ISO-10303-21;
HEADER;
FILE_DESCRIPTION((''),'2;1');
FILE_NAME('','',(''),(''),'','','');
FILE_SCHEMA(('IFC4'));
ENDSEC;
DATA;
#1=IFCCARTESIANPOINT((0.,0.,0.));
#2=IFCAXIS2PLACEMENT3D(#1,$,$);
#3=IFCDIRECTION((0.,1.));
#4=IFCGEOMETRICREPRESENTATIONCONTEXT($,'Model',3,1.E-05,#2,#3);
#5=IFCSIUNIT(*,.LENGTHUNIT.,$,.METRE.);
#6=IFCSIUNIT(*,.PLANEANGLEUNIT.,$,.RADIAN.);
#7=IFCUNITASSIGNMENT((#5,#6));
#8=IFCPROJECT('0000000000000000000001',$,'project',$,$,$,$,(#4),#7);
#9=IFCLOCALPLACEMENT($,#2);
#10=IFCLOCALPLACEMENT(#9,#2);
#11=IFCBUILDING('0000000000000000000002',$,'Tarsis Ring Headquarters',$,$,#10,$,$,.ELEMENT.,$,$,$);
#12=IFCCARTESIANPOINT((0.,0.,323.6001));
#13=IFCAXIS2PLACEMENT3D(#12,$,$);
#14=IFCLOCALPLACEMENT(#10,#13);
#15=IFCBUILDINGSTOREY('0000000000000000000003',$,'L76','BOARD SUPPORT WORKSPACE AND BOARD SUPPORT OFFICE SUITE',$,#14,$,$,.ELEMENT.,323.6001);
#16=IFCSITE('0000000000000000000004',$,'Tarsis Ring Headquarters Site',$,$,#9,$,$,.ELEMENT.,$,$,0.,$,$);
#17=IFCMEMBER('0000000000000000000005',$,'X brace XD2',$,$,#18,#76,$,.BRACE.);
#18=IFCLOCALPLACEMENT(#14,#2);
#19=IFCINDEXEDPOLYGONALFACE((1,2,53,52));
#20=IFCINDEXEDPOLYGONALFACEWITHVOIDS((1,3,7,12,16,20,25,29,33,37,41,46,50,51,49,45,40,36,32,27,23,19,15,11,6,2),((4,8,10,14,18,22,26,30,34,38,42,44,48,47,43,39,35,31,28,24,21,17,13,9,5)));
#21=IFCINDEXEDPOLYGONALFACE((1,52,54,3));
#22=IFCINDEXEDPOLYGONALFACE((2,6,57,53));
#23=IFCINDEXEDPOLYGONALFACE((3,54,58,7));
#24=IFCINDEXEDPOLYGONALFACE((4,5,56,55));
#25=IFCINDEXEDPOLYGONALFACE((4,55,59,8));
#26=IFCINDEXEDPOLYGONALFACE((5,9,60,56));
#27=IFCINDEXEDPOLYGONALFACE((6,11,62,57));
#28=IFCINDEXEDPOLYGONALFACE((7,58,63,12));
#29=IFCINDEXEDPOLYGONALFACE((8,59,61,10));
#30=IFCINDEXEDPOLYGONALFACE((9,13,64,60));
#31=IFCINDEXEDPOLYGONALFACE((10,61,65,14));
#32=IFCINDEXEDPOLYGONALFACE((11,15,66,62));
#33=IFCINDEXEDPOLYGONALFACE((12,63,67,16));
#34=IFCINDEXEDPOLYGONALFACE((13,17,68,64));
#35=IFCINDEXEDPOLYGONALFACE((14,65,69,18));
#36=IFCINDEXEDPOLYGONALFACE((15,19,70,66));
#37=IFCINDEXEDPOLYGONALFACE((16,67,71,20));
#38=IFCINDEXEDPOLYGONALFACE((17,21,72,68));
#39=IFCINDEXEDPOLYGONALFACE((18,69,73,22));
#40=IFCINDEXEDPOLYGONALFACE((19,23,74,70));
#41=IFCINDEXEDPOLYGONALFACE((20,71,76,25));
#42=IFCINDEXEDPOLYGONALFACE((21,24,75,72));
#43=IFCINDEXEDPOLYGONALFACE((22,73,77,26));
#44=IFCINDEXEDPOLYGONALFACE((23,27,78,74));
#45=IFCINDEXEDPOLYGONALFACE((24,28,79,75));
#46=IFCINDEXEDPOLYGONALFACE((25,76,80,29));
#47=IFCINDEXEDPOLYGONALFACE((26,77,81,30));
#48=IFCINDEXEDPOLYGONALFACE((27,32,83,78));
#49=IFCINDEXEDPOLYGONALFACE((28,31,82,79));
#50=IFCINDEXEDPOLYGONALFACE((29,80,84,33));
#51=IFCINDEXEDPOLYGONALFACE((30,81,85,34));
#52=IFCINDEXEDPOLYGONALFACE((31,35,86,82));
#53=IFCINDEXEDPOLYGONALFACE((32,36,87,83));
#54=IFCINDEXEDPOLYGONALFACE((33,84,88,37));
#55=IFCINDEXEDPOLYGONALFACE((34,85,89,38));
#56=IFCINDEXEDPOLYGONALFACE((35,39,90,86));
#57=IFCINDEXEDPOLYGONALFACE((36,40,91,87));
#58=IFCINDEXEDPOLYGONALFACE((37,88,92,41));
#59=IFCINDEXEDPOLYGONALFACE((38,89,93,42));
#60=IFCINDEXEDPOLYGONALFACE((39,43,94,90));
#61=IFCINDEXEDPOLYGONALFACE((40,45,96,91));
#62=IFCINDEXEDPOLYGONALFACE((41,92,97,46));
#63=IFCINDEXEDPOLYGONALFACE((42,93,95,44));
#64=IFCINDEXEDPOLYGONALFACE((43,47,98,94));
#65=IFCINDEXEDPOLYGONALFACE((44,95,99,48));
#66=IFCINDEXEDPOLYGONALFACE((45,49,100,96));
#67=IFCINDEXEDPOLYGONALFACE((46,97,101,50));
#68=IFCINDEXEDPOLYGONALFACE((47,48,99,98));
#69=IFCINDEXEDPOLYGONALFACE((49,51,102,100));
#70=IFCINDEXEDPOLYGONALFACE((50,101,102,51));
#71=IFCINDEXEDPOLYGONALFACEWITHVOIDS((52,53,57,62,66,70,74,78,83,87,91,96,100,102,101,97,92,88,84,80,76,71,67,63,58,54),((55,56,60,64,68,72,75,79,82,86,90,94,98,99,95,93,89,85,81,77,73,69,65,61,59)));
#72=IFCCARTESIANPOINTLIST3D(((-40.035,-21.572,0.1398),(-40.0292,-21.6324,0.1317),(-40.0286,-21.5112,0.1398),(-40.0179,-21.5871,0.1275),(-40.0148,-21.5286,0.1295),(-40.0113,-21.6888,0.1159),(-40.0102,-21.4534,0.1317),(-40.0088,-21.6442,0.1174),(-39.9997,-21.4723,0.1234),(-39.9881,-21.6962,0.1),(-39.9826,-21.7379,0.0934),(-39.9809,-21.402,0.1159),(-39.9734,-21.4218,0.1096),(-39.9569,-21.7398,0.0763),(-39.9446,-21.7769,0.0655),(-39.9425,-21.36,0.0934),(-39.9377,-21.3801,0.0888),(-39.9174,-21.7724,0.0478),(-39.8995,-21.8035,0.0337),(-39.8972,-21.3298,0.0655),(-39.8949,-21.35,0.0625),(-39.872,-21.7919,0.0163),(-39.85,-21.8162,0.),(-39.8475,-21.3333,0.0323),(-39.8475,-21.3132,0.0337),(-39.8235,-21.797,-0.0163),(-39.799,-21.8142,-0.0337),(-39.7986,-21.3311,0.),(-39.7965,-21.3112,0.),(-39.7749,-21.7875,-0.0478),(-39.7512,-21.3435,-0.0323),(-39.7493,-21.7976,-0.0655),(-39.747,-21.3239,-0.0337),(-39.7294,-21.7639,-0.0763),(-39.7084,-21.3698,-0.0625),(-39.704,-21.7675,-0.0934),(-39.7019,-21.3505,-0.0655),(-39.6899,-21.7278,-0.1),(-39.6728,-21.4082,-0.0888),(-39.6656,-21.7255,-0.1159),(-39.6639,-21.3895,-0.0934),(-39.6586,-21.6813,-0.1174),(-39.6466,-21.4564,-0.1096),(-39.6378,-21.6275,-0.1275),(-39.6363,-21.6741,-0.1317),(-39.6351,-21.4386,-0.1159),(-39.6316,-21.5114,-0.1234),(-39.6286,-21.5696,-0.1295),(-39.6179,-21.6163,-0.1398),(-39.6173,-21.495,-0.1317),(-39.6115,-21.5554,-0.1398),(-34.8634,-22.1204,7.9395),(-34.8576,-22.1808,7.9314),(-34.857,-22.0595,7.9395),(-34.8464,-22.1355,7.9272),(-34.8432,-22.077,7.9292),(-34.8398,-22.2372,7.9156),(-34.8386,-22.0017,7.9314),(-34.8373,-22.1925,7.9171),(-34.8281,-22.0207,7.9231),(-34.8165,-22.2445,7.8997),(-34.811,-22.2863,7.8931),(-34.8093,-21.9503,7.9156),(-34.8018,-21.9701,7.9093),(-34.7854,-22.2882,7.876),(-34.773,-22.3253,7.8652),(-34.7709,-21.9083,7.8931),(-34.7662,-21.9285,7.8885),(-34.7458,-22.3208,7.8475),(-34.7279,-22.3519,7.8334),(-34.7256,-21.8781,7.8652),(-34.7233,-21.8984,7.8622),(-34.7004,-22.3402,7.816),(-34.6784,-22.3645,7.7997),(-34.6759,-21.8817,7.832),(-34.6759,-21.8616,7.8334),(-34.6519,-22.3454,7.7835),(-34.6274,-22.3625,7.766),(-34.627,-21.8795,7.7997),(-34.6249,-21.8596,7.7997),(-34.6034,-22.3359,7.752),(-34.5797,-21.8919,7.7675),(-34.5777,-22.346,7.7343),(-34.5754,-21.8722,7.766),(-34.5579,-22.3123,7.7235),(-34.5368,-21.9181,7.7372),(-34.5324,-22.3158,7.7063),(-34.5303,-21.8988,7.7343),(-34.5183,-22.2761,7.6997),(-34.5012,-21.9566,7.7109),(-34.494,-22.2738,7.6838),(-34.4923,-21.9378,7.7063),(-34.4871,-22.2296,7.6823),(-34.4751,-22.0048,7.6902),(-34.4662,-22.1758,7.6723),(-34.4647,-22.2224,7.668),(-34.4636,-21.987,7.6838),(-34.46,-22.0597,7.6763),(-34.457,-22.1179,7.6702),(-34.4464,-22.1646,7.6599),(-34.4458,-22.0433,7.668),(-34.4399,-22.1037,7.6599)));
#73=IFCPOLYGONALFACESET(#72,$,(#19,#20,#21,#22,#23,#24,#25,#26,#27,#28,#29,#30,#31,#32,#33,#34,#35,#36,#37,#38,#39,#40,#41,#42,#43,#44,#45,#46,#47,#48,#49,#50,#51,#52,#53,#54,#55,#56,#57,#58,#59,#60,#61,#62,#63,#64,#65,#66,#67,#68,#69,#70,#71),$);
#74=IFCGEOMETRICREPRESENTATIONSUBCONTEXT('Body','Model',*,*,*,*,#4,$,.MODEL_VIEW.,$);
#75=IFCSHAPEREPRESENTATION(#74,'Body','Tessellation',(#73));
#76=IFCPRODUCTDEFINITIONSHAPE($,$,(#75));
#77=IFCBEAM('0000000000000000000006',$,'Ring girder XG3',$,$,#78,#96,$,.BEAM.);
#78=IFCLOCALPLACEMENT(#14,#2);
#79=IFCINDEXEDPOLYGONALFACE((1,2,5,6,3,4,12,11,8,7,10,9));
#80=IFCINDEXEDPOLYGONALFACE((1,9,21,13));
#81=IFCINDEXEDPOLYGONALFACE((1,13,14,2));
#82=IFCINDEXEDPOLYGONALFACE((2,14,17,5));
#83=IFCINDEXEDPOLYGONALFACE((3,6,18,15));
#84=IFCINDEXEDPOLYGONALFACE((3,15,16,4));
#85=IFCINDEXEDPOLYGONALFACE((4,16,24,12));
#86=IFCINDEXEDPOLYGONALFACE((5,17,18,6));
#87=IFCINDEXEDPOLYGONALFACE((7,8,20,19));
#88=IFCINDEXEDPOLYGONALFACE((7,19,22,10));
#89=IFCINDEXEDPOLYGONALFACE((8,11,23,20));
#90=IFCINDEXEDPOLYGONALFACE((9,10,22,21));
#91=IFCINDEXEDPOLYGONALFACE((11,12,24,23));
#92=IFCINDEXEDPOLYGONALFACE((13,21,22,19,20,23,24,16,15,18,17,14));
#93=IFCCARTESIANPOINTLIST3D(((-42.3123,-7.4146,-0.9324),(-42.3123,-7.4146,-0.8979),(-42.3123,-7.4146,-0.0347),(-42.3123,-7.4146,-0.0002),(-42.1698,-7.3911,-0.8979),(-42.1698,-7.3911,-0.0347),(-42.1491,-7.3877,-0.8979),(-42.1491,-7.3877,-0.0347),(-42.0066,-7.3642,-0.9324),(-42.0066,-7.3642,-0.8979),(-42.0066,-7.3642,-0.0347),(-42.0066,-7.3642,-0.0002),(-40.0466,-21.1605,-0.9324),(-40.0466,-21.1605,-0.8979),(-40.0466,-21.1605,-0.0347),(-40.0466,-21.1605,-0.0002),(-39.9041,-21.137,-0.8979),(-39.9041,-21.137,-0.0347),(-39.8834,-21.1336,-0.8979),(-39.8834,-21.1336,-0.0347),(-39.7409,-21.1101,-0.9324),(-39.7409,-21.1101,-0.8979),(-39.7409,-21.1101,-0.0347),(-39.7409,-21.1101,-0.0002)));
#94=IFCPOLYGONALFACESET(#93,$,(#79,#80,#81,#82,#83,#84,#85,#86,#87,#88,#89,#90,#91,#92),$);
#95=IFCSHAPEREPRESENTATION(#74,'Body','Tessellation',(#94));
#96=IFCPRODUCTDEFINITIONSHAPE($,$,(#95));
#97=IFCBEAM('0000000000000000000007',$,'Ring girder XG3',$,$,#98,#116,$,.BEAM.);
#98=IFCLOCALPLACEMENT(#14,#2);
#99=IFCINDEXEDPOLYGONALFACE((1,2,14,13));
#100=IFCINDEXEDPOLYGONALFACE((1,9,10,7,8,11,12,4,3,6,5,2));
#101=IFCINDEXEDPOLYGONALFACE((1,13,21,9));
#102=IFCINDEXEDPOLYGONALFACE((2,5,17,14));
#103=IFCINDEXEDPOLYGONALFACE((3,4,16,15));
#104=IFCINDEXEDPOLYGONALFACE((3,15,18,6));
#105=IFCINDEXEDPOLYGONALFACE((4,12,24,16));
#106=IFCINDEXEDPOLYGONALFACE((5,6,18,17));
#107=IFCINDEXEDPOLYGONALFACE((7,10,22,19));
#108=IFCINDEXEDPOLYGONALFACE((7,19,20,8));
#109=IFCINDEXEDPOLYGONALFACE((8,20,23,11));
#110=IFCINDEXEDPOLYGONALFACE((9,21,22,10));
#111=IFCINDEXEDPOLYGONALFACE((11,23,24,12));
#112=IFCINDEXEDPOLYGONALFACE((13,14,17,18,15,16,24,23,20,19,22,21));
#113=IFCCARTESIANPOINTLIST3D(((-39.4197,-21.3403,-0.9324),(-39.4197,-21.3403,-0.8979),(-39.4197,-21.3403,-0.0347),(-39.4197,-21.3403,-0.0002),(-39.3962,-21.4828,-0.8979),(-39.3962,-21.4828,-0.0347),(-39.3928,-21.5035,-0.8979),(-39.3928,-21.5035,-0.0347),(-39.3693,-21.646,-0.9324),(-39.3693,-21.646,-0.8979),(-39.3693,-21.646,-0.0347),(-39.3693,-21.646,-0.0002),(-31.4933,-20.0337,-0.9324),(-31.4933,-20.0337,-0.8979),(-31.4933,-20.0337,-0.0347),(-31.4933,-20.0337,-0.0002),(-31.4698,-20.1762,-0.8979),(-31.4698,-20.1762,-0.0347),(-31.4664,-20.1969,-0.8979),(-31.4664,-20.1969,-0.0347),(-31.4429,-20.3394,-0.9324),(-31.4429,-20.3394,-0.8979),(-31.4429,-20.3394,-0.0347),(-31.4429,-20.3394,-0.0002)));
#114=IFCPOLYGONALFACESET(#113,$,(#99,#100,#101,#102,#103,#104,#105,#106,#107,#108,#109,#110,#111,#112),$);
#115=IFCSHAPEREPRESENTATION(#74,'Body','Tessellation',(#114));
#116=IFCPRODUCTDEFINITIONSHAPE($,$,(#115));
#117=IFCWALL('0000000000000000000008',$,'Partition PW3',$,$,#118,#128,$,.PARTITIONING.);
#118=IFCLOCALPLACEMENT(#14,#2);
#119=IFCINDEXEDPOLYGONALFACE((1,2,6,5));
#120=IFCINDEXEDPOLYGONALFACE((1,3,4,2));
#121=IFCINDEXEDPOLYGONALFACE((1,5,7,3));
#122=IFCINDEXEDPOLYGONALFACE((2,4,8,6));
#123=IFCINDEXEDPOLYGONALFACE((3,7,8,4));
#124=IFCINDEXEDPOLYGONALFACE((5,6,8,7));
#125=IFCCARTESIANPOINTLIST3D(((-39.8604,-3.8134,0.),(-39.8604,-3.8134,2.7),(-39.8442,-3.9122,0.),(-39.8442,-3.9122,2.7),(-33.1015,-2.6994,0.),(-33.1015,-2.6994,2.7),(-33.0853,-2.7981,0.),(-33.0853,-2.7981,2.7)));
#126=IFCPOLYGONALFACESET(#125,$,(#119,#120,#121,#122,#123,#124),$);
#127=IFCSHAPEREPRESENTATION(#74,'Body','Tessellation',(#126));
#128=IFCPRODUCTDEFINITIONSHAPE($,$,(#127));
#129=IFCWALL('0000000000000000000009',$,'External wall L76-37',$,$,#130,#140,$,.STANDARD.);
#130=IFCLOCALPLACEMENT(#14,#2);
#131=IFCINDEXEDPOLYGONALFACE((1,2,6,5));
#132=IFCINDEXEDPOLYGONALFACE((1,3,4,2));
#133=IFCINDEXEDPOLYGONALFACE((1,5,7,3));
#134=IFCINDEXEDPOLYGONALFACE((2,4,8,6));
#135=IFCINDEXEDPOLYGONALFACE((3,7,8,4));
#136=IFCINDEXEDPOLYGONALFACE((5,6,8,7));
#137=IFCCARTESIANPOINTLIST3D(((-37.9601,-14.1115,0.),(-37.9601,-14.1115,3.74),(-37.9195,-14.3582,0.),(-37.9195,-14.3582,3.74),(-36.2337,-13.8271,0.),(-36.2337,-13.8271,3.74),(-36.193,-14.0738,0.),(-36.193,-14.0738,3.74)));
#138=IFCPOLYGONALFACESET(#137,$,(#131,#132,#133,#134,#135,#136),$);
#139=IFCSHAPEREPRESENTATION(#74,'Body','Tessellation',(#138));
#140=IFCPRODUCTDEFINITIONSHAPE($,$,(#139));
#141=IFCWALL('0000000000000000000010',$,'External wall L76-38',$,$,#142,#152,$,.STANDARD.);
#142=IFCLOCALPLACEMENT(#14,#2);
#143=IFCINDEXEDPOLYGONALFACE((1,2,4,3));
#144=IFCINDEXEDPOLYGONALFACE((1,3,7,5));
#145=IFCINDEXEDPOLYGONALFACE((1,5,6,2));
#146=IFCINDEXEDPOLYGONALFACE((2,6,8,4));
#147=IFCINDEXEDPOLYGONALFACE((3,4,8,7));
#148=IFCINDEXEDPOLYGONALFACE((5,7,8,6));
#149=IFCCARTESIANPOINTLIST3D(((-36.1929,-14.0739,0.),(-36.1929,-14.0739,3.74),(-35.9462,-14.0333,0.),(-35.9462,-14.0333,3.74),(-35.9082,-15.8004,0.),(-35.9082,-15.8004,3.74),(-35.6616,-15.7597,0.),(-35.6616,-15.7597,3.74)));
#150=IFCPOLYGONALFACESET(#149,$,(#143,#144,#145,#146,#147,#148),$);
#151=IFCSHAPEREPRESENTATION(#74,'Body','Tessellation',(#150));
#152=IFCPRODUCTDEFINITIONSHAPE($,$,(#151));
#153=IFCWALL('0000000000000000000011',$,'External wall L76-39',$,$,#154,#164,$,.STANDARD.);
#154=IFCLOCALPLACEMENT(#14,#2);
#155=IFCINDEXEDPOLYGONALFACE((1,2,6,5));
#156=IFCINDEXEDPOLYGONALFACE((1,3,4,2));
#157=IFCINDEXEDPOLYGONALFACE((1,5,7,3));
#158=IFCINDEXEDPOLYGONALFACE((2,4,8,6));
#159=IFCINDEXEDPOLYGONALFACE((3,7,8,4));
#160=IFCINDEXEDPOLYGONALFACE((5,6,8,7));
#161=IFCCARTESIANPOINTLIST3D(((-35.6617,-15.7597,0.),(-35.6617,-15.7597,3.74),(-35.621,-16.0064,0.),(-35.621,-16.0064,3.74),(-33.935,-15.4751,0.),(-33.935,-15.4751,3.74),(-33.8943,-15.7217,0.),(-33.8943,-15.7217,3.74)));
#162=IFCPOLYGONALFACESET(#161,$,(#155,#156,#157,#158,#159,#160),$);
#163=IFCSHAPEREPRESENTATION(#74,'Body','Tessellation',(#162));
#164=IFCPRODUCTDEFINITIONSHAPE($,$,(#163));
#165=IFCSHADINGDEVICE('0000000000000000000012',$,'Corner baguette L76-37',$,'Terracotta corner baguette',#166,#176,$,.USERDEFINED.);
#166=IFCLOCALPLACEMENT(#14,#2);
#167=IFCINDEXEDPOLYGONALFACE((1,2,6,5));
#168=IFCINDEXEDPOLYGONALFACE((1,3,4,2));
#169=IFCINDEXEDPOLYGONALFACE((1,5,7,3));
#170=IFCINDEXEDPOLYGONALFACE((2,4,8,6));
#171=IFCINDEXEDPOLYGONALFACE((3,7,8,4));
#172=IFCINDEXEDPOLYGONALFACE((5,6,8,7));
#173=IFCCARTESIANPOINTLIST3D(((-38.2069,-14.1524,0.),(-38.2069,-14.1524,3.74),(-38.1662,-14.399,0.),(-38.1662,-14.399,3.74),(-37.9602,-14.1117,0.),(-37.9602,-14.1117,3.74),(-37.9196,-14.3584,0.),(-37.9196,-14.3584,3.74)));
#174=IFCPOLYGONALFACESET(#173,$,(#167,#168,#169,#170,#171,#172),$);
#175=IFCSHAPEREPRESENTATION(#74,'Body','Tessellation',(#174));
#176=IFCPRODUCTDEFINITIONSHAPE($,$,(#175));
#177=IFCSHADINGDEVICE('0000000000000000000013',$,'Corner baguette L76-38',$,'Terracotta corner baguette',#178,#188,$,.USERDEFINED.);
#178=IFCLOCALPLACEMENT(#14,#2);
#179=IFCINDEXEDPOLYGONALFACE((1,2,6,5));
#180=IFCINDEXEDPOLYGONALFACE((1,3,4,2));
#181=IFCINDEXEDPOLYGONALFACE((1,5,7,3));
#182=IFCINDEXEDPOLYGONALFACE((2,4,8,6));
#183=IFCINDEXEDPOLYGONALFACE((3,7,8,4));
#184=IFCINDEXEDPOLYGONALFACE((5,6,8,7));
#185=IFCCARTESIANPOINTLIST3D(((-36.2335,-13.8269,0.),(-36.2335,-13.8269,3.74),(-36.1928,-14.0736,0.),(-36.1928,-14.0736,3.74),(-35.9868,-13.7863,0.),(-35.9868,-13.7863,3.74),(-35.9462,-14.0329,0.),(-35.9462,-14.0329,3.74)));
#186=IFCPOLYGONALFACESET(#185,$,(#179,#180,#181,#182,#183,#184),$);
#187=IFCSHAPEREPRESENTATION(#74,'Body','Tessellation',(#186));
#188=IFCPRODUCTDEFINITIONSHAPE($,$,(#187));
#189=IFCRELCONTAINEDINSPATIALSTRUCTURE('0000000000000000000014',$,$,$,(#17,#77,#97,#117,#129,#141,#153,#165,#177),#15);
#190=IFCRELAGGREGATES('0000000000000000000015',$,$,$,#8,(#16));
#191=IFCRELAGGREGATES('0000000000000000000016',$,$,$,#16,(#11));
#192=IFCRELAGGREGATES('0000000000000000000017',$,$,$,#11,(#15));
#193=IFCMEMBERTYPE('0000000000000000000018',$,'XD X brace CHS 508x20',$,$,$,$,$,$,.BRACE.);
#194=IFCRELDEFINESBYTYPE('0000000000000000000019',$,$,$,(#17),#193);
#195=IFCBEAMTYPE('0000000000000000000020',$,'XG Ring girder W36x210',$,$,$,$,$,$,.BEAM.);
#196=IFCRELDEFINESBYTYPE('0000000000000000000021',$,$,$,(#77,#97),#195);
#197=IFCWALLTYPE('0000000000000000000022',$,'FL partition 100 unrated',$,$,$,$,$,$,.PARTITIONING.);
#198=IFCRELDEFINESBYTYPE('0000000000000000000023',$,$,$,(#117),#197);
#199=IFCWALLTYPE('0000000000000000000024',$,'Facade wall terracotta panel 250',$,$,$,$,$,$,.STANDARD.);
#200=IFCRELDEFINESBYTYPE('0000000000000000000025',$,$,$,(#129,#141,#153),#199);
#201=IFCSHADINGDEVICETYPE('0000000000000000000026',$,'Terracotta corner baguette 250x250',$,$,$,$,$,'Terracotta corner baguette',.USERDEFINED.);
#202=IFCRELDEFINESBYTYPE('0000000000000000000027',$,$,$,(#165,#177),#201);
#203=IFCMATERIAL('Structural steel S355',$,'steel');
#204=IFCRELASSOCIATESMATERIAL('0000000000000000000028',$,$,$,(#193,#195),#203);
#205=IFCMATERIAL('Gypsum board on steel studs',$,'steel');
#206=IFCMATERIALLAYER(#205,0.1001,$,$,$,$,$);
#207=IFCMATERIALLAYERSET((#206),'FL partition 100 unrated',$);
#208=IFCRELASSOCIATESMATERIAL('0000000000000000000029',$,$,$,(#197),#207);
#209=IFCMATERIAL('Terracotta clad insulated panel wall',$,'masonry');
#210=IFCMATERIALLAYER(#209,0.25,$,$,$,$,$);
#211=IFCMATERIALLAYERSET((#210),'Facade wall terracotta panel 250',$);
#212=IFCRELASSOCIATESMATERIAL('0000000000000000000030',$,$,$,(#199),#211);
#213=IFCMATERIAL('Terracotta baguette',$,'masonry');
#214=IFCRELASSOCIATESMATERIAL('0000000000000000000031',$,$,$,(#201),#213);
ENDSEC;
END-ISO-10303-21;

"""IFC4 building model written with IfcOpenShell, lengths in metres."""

from ifc_helpers import new_model, si_unit, direction, frame, frame_2d, origin, origin_2d, place, context, subcontext, project, spatial, rectangle, hollow_circle, i_section, extrude, material, layer, layer_set, material_profile, profile_set, type_object, element, save


model = new_model("IFC4")

# Units and contexts
model_context = context("Model", 3, precision=1e-05, world=origin(), true_north=direction((0.0, 1.0)))
body_context = subcontext(model_context, "Body", "Model", "MODEL_VIEW")
ifc_project = project(units=[si_unit("LENGTHUNIT", "METRE"), si_unit("PLANEANGLEUNIT", "RADIAN")], contexts=[model_context])

# Site, building, storey
site_placement = place(None, origin())
site = spatial("IfcSite", under=ifc_project, at=site_placement, Name="Tarsis Ring Headquarters Site", CompositionType="ELEMENT", RefElevation=0.0)
building_placement = place(site_placement, origin())
building = spatial("IfcBuilding", under=site, at=building_placement, Name="Tarsis Ring Headquarters", CompositionType="ELEMENT")
storey_placement = place(building_placement, frame((0.0, 0.0, 323.6001)))
storey = spatial("IfcBuildingStorey", under=building, at=storey_placement, Name="L76", Description="BOARD SUPPORT WORKSPACE AND BOARD SUPPORT OFFICE SUITE", CompositionType="ELEMENT", Elevation=323.6001)

# Shared definitions
ifc_material_1 = material(Name="Structural steel S355", Category="steel")

# Member
ifc_material_profile_1 = material_profile(ifc_material_1, hollow_circle(Radius=0.2539, WallThickness=0.02, at=origin_2d()), Name="CHS 508x20")
ifc_profile_set_1 = profile_set([ifc_material_profile_1], Name="Structural steel S355")
member_type = type_object("IfcMemberType", Name="XD X brace CHS 508x20", PredefinedType="BRACE", material=ifc_profile_set_1)
member_placement = place(storey_placement, frame((-39.8232, -21.5637, 0.0), z_axis=(0.551663, -0.058492, 0.832013), x_axis=(0.105437, 0.994426, 0.0)))
element("IfcMember", 1, at=member_placement, inside=storey, type_object=member_type, Name="X brace XD2", PredefinedType="BRACE", context=body_context, shape_type="SweptSolid", body=[
    extrude(hollow_circle(Radius=0.2539, WallThickness=0.02, at=origin_2d()), origin(), (0.0, 0.0, 1.0), 9.3745),
])

# Beams
ifc_material_profile_2 = material_profile(ifc_material_1, i_section(OverallWidth=0.3098, OverallDepth=0.9321, WebThickness=0.021, FlangeThickness=0.0344, at=origin_2d()), Name="W36x210")
ifc_profile_set_2 = profile_set([ifc_material_profile_2], Name="Structural steel S355")
beam_type = type_object("IfcBeamType", Name="XG Ring girder W36x210", PredefinedType="BEAM", material=ifc_profile_set_2)
beam_1_placement = place(storey_placement, frame((-42.1594, -7.3894, -0.4663), z_axis=(0.162628, -0.986687, 0.0), x_axis=(0.986687, 0.162628, 0.0)))
element("IfcBeam", 2, at=beam_1_placement, inside=storey, type_object=beam_type, Name="Ring girder XG3", PredefinedType="BEAM", context=body_context, shape_type="SweptSolid", body=[
    extrude(i_section(OverallWidth=0.3098, OverallDepth=0.9321, WebThickness=0.021, FlangeThickness=0.0344, at=origin_2d()), origin(), (0.0, 0.0, 1.0), 13.9314),
])
beam_2_placement = place(storey_placement, frame((-39.3945, -21.4932, -0.4663), z_axis=(0.986684, 0.162649, 0.0), x_axis=(-0.162649, 0.986684, 0.0)))
element("IfcBeam", 3, at=beam_2_placement, inside=storey, type_object=beam_type, Name="Ring girder XG3", PredefinedType="BEAM", context=body_context, shape_type="SweptSolid", body=[
    extrude(i_section(OverallWidth=0.3098, OverallDepth=0.9321, WebThickness=0.021, FlangeThickness=0.0344, at=origin_2d()), origin(), (0.0, 0.0, 1.0), 8.0334),
])

# Walls
ifc_material_2 = material(Name="Gypsum board on steel studs", Category="steel")
ifc_layer_1 = layer(ifc_material_2, 0.1001)
ifc_layer_set_1 = layer_set([ifc_layer_1], Name="FL partition 100 unrated")
wall_type_1 = type_object("IfcWallType", Name="FL partition 100 unrated", PredefinedType="PARTITIONING", material=ifc_layer_set_1)
wall_1_placement = place(storey_placement, frame((-39.8523, -3.8628, 0.0), z_axis=(0.0, 0.0, 1.0), x_axis=(0.986687, 0.16263, 0.0)))
element("IfcWall", 4, at=wall_1_placement, inside=storey, type_object=wall_type_1, Name="Partition PW3", PredefinedType="PARTITIONING", context=body_context, shape_type="SweptSolid", body=[
    extrude(rectangle(XDim=6.8501, YDim=0.1001, at=frame_2d((3.425, 0.0))), origin(), (0.0, 0.0, 1.0), 2.7),
])
ifc_material_3 = material(Name="Terracotta clad insulated panel wall", Category="masonry")
ifc_layer_2 = layer(ifc_material_3, 0.25)
ifc_layer_set_2 = layer_set([ifc_layer_2], Name="Facade wall terracotta panel 250")
wall_type_2 = type_object("IfcWallType", Name="Facade wall terracotta panel 250", PredefinedType="STANDARD", material=ifc_layer_set_2)
for number, where, z_axis, x_axis, name in (
    (5, (-37.9399, -14.2349, 0.0), (0.0, 0.0, 1.0), (0.986701, 0.162543, 0.0), "External wall L76-37"),
    (6, (-36.0696, -14.0535, 0.0), (0.0, 0.0, 1.0), (0.162679, -0.986679, 0.0), "External wall L76-38"),
):
    element("IfcWall", number, at=place(storey_placement, frame(where, z_axis=z_axis, x_axis=x_axis)), inside=storey, type_object=wall_type_2, Name=name, PredefinedType="STANDARD", context=body_context, shape_type="SweptSolid", body=[
        extrude(rectangle(XDim=1.7498, YDim=0.25, at=frame_2d((0.875, 0.0))), origin(), (0.0, 0.0, 1.0), 3.74),
    ])
wall_2_placement = place(storey_placement, frame((-35.6414, -15.8831, 0.0), z_axis=(0.0, 0.0, 1.0), x_axis=(0.986683, 0.162657, 0.0)))
element("IfcWall", 7, at=wall_2_placement, inside=storey, type_object=wall_type_2, Name="External wall L76-39", PredefinedType="STANDARD", context=body_context, shape_type="SweptSolid", body=[
    extrude(rectangle(XDim=1.75, YDim=0.25, at=frame_2d((0.875, 0.0))), origin(), (0.0, 0.0, 1.0), 3.74),
])

# Shading devices
ifc_material_4 = material(Name="Terracotta baguette", Category="masonry")
shading_device_type_1 = type_object("IfcShadingDeviceType", Name="Terracotta corner baguette 250x250", ElementType="Terracotta corner baguette", PredefinedType="USERDEFINED", material=ifc_material_4)
for number, where, z_axis, x_axis, name in (
    (8, (-38.0632, -14.2554, 0.0), (0.0, 0.0, 1.0), (0.162637, -0.986686, 0.0), "Corner baguette L76-37"),
    (9, (-36.0898, -13.9299, 0.0), (0.0, 0.0, 1.0), (0.986686, 0.162637, 0.0), "Corner baguette L76-38"),
):
    element("IfcShadingDevice", number, at=place(storey_placement, frame(where, z_axis=z_axis, x_axis=x_axis)), inside=storey, type_object=shading_device_type_1, Name=name, ObjectType="Terracotta corner baguette", PredefinedType="USERDEFINED", context=body_context, shape_type="SweptSolid", body=[
        extrude(rectangle(XDim=0.25, YDim=0.25, at=origin_2d()), origin(), (0.0, 0.0, 1.0), 3.74),
    ])

save(model, "model.ifc")
